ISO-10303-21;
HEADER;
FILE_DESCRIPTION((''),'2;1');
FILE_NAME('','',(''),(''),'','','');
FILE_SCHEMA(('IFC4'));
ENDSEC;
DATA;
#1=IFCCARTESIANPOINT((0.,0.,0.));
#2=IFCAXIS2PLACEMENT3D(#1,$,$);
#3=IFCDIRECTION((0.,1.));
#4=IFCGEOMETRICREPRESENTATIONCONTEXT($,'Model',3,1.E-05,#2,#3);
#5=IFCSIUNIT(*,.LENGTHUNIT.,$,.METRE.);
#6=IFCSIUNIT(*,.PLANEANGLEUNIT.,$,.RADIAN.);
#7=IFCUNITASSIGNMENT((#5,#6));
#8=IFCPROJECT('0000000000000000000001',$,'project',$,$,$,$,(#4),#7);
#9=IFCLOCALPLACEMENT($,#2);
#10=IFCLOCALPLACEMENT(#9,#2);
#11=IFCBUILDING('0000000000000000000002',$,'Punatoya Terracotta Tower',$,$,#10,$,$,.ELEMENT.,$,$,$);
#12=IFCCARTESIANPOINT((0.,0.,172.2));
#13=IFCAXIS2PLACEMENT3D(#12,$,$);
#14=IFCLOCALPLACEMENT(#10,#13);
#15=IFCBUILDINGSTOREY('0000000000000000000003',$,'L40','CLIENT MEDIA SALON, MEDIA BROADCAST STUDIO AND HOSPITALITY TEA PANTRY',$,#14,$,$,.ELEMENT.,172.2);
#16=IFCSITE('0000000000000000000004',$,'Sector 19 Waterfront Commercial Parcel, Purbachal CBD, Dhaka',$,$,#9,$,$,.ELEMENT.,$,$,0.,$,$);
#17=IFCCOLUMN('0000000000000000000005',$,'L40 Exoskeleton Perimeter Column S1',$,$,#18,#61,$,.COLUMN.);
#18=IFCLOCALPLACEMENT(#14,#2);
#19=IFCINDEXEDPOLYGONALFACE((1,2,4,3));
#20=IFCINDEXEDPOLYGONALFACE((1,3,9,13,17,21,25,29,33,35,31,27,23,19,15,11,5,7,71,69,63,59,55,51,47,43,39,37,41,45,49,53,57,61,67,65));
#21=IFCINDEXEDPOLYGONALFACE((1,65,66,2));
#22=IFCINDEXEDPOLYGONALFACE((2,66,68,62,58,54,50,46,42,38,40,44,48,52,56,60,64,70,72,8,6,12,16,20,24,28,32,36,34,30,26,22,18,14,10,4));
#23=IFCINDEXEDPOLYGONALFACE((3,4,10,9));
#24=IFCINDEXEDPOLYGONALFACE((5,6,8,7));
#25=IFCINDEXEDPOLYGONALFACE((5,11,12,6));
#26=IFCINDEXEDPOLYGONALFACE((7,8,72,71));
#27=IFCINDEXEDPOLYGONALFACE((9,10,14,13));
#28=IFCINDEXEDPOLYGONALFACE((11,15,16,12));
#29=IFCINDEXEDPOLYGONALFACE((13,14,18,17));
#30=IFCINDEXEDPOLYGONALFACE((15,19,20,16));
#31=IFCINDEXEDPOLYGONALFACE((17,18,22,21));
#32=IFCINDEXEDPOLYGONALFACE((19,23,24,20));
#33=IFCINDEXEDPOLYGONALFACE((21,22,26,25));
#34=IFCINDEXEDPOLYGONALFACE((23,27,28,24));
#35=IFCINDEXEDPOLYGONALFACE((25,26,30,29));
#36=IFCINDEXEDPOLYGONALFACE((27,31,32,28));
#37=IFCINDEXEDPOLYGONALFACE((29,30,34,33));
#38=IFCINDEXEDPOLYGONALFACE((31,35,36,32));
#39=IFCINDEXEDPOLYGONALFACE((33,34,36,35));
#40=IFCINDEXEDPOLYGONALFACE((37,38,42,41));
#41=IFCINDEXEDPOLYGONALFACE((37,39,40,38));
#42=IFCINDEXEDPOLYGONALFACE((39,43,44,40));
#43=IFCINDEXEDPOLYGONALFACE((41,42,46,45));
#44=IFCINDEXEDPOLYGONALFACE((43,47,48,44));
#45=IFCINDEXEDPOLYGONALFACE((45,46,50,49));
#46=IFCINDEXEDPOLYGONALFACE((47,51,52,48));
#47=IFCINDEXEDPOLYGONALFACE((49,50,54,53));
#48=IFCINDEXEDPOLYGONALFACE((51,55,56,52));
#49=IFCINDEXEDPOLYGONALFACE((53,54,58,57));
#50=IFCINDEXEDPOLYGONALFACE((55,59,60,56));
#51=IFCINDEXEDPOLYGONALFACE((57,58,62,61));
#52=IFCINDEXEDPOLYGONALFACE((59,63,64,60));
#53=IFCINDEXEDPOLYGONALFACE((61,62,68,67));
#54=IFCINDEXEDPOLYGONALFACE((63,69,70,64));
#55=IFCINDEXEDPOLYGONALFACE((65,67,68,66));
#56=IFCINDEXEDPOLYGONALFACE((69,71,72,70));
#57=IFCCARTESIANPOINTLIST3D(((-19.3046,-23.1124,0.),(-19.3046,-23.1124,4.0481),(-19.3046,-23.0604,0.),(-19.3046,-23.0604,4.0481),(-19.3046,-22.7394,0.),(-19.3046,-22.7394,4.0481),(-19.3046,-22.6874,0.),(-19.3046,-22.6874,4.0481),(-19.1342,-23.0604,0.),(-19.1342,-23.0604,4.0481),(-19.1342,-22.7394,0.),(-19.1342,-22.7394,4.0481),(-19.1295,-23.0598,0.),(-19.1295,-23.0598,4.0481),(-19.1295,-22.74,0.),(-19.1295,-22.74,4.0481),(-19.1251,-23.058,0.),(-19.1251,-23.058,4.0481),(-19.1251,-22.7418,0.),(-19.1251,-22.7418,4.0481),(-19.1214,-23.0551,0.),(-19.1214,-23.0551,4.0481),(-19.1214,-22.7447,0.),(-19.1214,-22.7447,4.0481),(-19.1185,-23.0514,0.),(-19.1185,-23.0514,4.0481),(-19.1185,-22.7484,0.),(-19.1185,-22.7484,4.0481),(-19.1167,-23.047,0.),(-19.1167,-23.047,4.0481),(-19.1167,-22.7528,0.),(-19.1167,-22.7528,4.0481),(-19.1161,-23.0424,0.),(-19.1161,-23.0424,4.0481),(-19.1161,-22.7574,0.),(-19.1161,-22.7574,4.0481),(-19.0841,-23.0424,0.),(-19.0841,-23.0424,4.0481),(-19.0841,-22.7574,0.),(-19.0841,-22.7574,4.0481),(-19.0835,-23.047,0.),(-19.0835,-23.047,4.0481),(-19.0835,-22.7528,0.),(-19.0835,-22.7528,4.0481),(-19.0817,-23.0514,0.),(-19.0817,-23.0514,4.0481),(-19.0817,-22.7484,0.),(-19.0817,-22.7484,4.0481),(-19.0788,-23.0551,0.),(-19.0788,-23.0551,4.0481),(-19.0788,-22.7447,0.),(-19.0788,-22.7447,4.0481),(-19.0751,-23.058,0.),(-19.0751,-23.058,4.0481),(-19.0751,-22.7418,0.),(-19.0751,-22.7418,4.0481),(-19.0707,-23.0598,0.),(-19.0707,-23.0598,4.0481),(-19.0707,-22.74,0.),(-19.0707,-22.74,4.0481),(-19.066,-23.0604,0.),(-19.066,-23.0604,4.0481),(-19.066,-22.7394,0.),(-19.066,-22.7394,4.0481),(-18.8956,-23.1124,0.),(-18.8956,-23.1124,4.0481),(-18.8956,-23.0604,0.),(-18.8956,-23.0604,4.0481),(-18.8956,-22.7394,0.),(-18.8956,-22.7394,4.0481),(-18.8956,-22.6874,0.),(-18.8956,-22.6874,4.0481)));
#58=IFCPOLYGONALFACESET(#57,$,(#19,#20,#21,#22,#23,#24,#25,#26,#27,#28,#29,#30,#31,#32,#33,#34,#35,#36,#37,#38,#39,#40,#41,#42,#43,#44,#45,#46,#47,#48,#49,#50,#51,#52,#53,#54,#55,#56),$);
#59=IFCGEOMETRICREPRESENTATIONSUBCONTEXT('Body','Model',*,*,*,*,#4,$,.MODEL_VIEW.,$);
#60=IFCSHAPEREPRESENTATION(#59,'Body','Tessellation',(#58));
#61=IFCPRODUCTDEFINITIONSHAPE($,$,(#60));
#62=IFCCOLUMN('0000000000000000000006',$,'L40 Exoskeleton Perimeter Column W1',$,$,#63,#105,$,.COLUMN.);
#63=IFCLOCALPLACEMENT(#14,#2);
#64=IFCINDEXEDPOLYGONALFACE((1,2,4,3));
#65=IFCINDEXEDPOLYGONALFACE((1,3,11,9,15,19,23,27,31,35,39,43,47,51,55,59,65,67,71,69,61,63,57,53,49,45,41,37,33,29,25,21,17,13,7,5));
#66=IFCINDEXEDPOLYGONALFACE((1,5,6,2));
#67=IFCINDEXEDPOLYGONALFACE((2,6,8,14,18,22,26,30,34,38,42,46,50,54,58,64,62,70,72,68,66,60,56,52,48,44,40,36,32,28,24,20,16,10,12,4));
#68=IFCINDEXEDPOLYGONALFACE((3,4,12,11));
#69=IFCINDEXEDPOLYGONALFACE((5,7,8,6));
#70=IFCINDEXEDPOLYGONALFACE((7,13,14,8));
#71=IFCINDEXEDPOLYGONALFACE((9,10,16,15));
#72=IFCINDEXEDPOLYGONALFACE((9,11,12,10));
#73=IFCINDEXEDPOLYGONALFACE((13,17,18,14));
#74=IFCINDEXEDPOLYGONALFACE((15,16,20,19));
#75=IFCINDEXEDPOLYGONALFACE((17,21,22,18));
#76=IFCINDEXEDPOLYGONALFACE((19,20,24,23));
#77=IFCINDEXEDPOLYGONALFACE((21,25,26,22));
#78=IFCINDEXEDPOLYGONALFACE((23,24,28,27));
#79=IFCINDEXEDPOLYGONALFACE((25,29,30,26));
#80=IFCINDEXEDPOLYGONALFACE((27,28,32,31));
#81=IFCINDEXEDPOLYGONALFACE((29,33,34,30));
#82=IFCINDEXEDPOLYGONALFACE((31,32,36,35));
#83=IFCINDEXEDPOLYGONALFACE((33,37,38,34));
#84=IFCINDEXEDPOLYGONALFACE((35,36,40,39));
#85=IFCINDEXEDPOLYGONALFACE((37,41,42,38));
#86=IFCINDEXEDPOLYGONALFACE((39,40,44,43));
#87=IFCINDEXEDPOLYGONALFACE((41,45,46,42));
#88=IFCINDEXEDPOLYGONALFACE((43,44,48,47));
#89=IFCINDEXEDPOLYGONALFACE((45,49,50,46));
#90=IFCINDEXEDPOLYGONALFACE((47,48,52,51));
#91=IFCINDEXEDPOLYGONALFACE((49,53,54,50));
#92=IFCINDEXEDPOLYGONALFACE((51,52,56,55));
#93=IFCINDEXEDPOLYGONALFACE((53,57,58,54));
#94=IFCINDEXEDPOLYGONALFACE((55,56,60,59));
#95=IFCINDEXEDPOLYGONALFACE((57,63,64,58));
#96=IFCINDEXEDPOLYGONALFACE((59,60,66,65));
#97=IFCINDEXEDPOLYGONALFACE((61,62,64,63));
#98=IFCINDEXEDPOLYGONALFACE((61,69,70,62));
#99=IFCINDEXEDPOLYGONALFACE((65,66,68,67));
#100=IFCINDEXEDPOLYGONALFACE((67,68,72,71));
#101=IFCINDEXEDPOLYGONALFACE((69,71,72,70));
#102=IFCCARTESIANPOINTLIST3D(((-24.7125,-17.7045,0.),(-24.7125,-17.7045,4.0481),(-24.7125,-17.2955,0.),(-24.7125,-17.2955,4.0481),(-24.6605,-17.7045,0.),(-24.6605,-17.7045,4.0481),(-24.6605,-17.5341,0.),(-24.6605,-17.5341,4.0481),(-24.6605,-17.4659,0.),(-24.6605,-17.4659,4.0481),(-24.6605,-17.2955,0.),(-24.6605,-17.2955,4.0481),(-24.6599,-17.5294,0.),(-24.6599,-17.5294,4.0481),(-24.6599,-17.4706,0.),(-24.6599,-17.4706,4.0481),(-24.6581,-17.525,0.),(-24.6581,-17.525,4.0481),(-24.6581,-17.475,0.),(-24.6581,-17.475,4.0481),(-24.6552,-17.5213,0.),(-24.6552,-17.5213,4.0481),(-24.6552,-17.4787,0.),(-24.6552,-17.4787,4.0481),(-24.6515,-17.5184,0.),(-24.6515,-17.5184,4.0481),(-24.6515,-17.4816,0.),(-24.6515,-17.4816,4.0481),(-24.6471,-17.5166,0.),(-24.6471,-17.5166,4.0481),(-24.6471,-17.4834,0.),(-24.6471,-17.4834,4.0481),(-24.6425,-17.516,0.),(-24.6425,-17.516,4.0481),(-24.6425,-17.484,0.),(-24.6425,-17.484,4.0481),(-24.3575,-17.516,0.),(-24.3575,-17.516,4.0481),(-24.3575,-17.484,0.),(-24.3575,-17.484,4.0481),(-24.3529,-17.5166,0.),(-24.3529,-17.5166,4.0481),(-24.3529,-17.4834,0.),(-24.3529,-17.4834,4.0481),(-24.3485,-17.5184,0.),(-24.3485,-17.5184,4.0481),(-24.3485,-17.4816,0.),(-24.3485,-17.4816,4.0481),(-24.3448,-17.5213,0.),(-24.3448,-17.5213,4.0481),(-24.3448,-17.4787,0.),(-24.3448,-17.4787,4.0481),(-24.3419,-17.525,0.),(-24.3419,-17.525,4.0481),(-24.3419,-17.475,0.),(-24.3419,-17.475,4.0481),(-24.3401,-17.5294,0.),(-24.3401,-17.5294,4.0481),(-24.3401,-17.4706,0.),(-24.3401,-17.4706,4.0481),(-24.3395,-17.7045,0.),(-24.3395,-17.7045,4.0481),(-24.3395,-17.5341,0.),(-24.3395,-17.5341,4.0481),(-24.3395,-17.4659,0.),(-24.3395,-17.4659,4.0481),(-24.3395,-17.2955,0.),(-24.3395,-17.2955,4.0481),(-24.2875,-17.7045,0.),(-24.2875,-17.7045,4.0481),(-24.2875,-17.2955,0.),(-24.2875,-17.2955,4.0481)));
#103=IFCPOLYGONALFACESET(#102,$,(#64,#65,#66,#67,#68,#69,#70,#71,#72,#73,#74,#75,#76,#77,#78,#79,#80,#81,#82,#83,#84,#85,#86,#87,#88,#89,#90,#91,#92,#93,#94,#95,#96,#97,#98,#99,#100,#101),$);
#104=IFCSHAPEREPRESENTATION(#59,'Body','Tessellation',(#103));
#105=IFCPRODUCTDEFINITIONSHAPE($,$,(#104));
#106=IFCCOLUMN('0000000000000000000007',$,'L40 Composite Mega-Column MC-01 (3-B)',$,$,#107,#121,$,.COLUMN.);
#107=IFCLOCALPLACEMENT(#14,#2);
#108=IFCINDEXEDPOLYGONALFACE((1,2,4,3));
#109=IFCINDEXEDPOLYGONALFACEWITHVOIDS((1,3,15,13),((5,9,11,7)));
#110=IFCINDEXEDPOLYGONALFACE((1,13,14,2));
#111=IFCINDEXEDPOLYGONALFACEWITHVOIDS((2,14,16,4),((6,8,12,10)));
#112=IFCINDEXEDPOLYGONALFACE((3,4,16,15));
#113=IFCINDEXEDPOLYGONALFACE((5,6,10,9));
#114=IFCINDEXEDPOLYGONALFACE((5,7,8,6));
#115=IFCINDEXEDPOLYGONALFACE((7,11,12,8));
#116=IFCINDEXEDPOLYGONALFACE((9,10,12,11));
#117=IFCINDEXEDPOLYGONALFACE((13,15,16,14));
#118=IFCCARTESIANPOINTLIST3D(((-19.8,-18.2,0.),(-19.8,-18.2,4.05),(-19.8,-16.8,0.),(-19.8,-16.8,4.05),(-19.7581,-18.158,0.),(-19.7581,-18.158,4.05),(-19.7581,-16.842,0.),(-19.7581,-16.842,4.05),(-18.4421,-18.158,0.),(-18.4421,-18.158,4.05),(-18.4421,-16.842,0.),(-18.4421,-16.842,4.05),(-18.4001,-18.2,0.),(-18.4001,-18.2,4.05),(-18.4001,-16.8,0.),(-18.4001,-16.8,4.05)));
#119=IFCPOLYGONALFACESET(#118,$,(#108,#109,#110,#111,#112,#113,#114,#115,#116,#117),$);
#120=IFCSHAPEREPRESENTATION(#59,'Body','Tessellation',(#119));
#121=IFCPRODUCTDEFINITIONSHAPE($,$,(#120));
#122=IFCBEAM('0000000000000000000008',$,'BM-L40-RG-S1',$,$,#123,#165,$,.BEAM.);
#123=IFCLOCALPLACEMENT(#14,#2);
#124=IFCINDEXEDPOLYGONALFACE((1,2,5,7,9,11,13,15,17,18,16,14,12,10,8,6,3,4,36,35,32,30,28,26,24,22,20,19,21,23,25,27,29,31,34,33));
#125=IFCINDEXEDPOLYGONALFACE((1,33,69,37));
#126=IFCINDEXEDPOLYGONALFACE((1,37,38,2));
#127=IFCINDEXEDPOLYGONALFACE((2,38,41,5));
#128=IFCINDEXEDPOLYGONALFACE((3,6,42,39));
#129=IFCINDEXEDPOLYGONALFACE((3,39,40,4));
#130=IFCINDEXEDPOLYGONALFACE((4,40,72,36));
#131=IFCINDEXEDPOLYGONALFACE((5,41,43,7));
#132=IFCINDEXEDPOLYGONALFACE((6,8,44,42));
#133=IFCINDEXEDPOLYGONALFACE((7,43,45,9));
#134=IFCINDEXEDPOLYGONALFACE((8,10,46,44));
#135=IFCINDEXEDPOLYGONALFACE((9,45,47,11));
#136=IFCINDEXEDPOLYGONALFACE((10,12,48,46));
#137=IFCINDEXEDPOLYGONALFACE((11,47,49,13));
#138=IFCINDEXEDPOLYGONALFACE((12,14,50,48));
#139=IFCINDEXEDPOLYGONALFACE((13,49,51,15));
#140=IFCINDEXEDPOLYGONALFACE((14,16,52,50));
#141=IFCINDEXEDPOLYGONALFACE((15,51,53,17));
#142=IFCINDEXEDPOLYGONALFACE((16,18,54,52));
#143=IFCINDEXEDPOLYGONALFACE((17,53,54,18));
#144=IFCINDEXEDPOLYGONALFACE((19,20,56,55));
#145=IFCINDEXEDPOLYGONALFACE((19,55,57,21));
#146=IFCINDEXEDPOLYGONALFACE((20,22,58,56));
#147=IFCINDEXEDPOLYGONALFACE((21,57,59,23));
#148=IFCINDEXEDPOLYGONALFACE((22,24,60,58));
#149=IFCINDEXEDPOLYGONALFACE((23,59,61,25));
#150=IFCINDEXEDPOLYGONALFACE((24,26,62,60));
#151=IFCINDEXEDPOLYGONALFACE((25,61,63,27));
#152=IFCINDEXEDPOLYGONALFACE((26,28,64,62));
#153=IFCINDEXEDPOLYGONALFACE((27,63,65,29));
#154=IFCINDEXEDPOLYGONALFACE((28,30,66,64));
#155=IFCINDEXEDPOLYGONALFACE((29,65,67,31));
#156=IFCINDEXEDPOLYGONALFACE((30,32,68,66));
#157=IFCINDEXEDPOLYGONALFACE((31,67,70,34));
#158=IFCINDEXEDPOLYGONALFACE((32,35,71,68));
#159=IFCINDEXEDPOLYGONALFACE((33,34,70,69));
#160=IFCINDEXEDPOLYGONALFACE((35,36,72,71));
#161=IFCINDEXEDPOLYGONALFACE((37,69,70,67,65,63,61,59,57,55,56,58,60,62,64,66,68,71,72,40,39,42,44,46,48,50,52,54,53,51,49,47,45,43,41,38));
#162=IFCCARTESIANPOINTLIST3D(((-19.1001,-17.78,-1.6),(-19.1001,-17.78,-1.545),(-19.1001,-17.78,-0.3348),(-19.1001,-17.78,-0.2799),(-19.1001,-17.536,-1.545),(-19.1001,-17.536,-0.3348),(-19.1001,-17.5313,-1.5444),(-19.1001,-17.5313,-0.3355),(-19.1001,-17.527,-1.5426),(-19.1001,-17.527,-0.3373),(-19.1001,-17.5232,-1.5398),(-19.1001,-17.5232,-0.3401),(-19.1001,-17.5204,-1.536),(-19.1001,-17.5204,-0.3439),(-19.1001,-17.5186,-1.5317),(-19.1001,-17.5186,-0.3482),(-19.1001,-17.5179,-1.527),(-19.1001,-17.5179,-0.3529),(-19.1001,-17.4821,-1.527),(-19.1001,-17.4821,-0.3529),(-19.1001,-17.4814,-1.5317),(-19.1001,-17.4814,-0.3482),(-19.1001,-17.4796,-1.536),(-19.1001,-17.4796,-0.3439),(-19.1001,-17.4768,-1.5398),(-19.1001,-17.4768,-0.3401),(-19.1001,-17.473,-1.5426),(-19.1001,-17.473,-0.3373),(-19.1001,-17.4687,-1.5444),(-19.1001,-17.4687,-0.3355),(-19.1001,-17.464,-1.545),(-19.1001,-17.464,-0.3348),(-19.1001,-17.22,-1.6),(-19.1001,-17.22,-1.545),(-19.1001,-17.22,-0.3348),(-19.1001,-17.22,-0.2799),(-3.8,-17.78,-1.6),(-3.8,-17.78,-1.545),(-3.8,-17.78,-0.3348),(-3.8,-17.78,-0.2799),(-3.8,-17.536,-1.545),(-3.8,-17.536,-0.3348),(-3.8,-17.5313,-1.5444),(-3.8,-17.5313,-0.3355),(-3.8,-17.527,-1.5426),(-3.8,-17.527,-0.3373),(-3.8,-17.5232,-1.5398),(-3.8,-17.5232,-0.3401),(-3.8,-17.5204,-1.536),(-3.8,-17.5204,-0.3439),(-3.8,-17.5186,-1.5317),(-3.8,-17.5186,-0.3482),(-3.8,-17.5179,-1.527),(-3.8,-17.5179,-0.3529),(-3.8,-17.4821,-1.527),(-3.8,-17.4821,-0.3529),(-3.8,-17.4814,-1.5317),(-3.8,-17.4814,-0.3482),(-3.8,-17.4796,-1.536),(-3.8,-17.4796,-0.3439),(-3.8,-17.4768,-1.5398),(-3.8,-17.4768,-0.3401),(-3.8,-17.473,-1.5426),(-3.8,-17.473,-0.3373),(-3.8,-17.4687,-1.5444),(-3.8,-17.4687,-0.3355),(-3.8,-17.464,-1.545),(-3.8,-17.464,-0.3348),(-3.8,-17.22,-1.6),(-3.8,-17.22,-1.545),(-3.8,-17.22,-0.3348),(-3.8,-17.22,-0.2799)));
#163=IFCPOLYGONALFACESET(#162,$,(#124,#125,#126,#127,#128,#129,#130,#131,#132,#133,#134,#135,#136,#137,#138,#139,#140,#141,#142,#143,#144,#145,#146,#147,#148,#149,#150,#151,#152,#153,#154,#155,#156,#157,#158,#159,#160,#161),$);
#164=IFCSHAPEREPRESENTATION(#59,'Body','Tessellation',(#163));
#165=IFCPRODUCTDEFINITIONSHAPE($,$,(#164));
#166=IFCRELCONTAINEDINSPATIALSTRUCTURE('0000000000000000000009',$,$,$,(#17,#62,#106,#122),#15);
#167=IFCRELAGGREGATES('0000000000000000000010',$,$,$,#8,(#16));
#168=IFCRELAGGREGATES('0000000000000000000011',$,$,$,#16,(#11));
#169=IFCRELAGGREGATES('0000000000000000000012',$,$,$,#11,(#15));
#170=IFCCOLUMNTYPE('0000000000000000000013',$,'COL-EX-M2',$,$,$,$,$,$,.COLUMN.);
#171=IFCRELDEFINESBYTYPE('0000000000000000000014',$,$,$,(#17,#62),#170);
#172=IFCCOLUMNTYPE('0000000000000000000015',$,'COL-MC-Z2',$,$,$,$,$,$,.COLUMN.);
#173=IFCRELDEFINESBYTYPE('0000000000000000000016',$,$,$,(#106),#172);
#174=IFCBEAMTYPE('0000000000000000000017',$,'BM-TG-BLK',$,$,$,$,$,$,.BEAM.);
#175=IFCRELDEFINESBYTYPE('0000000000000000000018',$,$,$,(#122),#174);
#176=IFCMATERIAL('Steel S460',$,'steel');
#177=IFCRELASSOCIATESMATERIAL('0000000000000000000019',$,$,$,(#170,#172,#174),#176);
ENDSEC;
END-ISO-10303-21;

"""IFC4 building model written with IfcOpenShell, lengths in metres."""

from ifc_helpers import new_model, si_unit, direction, frame, origin, origin_2d, place, context, subcontext, project, spatial, hollow_rectangle, i_section, extrude, material, material_profile, profile_set, type_object, element, save


model = new_model("IFC4")

# Units and contexts
model_context = context("Model", 3, precision=1e-05, world=origin(), true_north=direction((0.0, 1.0)))
body_context = subcontext(model_context, "Body", "Model", "MODEL_VIEW")
ifc_project = project(units=[si_unit("LENGTHUNIT", "METRE"), si_unit("PLANEANGLEUNIT", "RADIAN")], contexts=[model_context])

# Site, building, storey
site_placement = place(None, origin())
site = spatial("IfcSite", under=ifc_project, at=site_placement, Name="Sector 19 Waterfront Commercial Parcel, Purbachal CBD, Dhaka", CompositionType="ELEMENT", RefElevation=0.0)
building_placement = place(site_placement, origin())
building = spatial("IfcBuilding", under=site, at=building_placement, Name="Punatoya Terracotta Tower", CompositionType="ELEMENT")
storey_placement = place(building_placement, frame((0.0, 0.0, 172.2)))
storey = spatial("IfcBuildingStorey", under=building, at=storey_placement, Name="L40", Description="CLIENT MEDIA SALON, MEDIA BROADCAST STUDIO AND HOSPITALITY TEA PANTRY", CompositionType="ELEMENT", Elevation=172.2)

# Columns
ifc_material_1 = material(Name="Steel S460", Category="steel")
ifc_material_profile_1 = material_profile(ifc_material_1, i_section(OverallWidth=0.4089, OverallDepth=0.425, WebThickness=0.032, FlangeThickness=0.052, FilletRadius=0.0181, at=origin_2d()))
ifc_profile_set_1 = profile_set([ifc_material_profile_1], Name="Steel S460")
column_type_1 = type_object("IfcColumnType", Name="COL-EX-M2", PredefinedType="COLUMN", material=ifc_profile_set_1)
for number, where, z_axis, x_axis, name in (
    (1, (-19.1001, -22.8999, 0.0), (0.0, 0.0, 1.0), (1.0, 0.0, 0.0), "L40 Exoskeleton Perimeter Column S1"),
    (2, (-24.5, -17.5, 0.0), (0.0, 0.0, 1.0), (0.0, 1.0, 0.0), "L40 Exoskeleton Perimeter Column W1"),
):
    element("IfcColumn", number, at=place(storey_placement, frame(where, z_axis=z_axis, x_axis=x_axis)), inside=storey, type_object=column_type_1, Name=name, PredefinedType="COLUMN", context=body_context, shape_type="SweptSolid", body=[
        extrude(i_section(OverallWidth=0.4089, OverallDepth=0.425, WebThickness=0.032, FlangeThickness=0.052, FilletRadius=0.0181, at=origin_2d()), origin(), (0.0, 0.0, 1.0), 4.0481),
    ])
ifc_material_profile_2 = material_profile(ifc_material_1, hollow_rectangle(XDim=1.3999, YDim=1.3999, WallThickness=0.042, at=origin_2d()))
ifc_profile_set_2 = profile_set([ifc_material_profile_2], Name="Steel S460")
column_type_2 = type_object("IfcColumnType", Name="COL-MC-Z2", PredefinedType="COLUMN", material=ifc_profile_set_2)
column_placement = place(storey_placement, frame((-19.1001, -17.5, 0.0), z_axis=(0.0, 0.0, 1.0), x_axis=(1.0, 0.0, 0.0)))
element("IfcColumn", 3, at=column_placement, inside=storey, type_object=column_type_2, Name="L40 Composite Mega-Column MC-01 (3-B)", PredefinedType="COLUMN", context=body_context, shape_type="SweptSolid", body=[
    extrude(hollow_rectangle(XDim=1.3999, YDim=1.3999, WallThickness=0.042, at=origin_2d()), origin(), (0.0, 0.0, 1.0), 4.05),
])

# Beam
ifc_material_profile_3 = material_profile(ifc_material_1, i_section(OverallWidth=0.5601, OverallDepth=1.3201, WebThickness=0.0359, FlangeThickness=0.0549, FilletRadius=0.0181, at=origin_2d()))
ifc_profile_set_3 = profile_set([ifc_material_profile_3], Name="Steel S460")
beam_type = type_object("IfcBeamType", Name="BM-TG-BLK", PredefinedType="BEAM", material=ifc_profile_set_3)
beam_1_placement = place(storey_placement, frame((-19.1001, -17.5, -0.9399), z_axis=(1.0, 0.0, 0.0), x_axis=(0.0, 1.0, 0.0)))
element("IfcBeam", 4, at=beam_1_placement, inside=storey, type_object=beam_type, Name="BM-L40-RG-S1", PredefinedType="BEAM", context=body_context, shape_type="SweptSolid", body=[
    extrude(i_section(OverallWidth=0.5601, OverallDepth=1.3201, WebThickness=0.0359, FlangeThickness=0.0549, FilletRadius=0.0181, at=origin_2d()), origin(), (0.0, 0.0, 1.0), 15.3),
])

save(model, "model.ifc")
